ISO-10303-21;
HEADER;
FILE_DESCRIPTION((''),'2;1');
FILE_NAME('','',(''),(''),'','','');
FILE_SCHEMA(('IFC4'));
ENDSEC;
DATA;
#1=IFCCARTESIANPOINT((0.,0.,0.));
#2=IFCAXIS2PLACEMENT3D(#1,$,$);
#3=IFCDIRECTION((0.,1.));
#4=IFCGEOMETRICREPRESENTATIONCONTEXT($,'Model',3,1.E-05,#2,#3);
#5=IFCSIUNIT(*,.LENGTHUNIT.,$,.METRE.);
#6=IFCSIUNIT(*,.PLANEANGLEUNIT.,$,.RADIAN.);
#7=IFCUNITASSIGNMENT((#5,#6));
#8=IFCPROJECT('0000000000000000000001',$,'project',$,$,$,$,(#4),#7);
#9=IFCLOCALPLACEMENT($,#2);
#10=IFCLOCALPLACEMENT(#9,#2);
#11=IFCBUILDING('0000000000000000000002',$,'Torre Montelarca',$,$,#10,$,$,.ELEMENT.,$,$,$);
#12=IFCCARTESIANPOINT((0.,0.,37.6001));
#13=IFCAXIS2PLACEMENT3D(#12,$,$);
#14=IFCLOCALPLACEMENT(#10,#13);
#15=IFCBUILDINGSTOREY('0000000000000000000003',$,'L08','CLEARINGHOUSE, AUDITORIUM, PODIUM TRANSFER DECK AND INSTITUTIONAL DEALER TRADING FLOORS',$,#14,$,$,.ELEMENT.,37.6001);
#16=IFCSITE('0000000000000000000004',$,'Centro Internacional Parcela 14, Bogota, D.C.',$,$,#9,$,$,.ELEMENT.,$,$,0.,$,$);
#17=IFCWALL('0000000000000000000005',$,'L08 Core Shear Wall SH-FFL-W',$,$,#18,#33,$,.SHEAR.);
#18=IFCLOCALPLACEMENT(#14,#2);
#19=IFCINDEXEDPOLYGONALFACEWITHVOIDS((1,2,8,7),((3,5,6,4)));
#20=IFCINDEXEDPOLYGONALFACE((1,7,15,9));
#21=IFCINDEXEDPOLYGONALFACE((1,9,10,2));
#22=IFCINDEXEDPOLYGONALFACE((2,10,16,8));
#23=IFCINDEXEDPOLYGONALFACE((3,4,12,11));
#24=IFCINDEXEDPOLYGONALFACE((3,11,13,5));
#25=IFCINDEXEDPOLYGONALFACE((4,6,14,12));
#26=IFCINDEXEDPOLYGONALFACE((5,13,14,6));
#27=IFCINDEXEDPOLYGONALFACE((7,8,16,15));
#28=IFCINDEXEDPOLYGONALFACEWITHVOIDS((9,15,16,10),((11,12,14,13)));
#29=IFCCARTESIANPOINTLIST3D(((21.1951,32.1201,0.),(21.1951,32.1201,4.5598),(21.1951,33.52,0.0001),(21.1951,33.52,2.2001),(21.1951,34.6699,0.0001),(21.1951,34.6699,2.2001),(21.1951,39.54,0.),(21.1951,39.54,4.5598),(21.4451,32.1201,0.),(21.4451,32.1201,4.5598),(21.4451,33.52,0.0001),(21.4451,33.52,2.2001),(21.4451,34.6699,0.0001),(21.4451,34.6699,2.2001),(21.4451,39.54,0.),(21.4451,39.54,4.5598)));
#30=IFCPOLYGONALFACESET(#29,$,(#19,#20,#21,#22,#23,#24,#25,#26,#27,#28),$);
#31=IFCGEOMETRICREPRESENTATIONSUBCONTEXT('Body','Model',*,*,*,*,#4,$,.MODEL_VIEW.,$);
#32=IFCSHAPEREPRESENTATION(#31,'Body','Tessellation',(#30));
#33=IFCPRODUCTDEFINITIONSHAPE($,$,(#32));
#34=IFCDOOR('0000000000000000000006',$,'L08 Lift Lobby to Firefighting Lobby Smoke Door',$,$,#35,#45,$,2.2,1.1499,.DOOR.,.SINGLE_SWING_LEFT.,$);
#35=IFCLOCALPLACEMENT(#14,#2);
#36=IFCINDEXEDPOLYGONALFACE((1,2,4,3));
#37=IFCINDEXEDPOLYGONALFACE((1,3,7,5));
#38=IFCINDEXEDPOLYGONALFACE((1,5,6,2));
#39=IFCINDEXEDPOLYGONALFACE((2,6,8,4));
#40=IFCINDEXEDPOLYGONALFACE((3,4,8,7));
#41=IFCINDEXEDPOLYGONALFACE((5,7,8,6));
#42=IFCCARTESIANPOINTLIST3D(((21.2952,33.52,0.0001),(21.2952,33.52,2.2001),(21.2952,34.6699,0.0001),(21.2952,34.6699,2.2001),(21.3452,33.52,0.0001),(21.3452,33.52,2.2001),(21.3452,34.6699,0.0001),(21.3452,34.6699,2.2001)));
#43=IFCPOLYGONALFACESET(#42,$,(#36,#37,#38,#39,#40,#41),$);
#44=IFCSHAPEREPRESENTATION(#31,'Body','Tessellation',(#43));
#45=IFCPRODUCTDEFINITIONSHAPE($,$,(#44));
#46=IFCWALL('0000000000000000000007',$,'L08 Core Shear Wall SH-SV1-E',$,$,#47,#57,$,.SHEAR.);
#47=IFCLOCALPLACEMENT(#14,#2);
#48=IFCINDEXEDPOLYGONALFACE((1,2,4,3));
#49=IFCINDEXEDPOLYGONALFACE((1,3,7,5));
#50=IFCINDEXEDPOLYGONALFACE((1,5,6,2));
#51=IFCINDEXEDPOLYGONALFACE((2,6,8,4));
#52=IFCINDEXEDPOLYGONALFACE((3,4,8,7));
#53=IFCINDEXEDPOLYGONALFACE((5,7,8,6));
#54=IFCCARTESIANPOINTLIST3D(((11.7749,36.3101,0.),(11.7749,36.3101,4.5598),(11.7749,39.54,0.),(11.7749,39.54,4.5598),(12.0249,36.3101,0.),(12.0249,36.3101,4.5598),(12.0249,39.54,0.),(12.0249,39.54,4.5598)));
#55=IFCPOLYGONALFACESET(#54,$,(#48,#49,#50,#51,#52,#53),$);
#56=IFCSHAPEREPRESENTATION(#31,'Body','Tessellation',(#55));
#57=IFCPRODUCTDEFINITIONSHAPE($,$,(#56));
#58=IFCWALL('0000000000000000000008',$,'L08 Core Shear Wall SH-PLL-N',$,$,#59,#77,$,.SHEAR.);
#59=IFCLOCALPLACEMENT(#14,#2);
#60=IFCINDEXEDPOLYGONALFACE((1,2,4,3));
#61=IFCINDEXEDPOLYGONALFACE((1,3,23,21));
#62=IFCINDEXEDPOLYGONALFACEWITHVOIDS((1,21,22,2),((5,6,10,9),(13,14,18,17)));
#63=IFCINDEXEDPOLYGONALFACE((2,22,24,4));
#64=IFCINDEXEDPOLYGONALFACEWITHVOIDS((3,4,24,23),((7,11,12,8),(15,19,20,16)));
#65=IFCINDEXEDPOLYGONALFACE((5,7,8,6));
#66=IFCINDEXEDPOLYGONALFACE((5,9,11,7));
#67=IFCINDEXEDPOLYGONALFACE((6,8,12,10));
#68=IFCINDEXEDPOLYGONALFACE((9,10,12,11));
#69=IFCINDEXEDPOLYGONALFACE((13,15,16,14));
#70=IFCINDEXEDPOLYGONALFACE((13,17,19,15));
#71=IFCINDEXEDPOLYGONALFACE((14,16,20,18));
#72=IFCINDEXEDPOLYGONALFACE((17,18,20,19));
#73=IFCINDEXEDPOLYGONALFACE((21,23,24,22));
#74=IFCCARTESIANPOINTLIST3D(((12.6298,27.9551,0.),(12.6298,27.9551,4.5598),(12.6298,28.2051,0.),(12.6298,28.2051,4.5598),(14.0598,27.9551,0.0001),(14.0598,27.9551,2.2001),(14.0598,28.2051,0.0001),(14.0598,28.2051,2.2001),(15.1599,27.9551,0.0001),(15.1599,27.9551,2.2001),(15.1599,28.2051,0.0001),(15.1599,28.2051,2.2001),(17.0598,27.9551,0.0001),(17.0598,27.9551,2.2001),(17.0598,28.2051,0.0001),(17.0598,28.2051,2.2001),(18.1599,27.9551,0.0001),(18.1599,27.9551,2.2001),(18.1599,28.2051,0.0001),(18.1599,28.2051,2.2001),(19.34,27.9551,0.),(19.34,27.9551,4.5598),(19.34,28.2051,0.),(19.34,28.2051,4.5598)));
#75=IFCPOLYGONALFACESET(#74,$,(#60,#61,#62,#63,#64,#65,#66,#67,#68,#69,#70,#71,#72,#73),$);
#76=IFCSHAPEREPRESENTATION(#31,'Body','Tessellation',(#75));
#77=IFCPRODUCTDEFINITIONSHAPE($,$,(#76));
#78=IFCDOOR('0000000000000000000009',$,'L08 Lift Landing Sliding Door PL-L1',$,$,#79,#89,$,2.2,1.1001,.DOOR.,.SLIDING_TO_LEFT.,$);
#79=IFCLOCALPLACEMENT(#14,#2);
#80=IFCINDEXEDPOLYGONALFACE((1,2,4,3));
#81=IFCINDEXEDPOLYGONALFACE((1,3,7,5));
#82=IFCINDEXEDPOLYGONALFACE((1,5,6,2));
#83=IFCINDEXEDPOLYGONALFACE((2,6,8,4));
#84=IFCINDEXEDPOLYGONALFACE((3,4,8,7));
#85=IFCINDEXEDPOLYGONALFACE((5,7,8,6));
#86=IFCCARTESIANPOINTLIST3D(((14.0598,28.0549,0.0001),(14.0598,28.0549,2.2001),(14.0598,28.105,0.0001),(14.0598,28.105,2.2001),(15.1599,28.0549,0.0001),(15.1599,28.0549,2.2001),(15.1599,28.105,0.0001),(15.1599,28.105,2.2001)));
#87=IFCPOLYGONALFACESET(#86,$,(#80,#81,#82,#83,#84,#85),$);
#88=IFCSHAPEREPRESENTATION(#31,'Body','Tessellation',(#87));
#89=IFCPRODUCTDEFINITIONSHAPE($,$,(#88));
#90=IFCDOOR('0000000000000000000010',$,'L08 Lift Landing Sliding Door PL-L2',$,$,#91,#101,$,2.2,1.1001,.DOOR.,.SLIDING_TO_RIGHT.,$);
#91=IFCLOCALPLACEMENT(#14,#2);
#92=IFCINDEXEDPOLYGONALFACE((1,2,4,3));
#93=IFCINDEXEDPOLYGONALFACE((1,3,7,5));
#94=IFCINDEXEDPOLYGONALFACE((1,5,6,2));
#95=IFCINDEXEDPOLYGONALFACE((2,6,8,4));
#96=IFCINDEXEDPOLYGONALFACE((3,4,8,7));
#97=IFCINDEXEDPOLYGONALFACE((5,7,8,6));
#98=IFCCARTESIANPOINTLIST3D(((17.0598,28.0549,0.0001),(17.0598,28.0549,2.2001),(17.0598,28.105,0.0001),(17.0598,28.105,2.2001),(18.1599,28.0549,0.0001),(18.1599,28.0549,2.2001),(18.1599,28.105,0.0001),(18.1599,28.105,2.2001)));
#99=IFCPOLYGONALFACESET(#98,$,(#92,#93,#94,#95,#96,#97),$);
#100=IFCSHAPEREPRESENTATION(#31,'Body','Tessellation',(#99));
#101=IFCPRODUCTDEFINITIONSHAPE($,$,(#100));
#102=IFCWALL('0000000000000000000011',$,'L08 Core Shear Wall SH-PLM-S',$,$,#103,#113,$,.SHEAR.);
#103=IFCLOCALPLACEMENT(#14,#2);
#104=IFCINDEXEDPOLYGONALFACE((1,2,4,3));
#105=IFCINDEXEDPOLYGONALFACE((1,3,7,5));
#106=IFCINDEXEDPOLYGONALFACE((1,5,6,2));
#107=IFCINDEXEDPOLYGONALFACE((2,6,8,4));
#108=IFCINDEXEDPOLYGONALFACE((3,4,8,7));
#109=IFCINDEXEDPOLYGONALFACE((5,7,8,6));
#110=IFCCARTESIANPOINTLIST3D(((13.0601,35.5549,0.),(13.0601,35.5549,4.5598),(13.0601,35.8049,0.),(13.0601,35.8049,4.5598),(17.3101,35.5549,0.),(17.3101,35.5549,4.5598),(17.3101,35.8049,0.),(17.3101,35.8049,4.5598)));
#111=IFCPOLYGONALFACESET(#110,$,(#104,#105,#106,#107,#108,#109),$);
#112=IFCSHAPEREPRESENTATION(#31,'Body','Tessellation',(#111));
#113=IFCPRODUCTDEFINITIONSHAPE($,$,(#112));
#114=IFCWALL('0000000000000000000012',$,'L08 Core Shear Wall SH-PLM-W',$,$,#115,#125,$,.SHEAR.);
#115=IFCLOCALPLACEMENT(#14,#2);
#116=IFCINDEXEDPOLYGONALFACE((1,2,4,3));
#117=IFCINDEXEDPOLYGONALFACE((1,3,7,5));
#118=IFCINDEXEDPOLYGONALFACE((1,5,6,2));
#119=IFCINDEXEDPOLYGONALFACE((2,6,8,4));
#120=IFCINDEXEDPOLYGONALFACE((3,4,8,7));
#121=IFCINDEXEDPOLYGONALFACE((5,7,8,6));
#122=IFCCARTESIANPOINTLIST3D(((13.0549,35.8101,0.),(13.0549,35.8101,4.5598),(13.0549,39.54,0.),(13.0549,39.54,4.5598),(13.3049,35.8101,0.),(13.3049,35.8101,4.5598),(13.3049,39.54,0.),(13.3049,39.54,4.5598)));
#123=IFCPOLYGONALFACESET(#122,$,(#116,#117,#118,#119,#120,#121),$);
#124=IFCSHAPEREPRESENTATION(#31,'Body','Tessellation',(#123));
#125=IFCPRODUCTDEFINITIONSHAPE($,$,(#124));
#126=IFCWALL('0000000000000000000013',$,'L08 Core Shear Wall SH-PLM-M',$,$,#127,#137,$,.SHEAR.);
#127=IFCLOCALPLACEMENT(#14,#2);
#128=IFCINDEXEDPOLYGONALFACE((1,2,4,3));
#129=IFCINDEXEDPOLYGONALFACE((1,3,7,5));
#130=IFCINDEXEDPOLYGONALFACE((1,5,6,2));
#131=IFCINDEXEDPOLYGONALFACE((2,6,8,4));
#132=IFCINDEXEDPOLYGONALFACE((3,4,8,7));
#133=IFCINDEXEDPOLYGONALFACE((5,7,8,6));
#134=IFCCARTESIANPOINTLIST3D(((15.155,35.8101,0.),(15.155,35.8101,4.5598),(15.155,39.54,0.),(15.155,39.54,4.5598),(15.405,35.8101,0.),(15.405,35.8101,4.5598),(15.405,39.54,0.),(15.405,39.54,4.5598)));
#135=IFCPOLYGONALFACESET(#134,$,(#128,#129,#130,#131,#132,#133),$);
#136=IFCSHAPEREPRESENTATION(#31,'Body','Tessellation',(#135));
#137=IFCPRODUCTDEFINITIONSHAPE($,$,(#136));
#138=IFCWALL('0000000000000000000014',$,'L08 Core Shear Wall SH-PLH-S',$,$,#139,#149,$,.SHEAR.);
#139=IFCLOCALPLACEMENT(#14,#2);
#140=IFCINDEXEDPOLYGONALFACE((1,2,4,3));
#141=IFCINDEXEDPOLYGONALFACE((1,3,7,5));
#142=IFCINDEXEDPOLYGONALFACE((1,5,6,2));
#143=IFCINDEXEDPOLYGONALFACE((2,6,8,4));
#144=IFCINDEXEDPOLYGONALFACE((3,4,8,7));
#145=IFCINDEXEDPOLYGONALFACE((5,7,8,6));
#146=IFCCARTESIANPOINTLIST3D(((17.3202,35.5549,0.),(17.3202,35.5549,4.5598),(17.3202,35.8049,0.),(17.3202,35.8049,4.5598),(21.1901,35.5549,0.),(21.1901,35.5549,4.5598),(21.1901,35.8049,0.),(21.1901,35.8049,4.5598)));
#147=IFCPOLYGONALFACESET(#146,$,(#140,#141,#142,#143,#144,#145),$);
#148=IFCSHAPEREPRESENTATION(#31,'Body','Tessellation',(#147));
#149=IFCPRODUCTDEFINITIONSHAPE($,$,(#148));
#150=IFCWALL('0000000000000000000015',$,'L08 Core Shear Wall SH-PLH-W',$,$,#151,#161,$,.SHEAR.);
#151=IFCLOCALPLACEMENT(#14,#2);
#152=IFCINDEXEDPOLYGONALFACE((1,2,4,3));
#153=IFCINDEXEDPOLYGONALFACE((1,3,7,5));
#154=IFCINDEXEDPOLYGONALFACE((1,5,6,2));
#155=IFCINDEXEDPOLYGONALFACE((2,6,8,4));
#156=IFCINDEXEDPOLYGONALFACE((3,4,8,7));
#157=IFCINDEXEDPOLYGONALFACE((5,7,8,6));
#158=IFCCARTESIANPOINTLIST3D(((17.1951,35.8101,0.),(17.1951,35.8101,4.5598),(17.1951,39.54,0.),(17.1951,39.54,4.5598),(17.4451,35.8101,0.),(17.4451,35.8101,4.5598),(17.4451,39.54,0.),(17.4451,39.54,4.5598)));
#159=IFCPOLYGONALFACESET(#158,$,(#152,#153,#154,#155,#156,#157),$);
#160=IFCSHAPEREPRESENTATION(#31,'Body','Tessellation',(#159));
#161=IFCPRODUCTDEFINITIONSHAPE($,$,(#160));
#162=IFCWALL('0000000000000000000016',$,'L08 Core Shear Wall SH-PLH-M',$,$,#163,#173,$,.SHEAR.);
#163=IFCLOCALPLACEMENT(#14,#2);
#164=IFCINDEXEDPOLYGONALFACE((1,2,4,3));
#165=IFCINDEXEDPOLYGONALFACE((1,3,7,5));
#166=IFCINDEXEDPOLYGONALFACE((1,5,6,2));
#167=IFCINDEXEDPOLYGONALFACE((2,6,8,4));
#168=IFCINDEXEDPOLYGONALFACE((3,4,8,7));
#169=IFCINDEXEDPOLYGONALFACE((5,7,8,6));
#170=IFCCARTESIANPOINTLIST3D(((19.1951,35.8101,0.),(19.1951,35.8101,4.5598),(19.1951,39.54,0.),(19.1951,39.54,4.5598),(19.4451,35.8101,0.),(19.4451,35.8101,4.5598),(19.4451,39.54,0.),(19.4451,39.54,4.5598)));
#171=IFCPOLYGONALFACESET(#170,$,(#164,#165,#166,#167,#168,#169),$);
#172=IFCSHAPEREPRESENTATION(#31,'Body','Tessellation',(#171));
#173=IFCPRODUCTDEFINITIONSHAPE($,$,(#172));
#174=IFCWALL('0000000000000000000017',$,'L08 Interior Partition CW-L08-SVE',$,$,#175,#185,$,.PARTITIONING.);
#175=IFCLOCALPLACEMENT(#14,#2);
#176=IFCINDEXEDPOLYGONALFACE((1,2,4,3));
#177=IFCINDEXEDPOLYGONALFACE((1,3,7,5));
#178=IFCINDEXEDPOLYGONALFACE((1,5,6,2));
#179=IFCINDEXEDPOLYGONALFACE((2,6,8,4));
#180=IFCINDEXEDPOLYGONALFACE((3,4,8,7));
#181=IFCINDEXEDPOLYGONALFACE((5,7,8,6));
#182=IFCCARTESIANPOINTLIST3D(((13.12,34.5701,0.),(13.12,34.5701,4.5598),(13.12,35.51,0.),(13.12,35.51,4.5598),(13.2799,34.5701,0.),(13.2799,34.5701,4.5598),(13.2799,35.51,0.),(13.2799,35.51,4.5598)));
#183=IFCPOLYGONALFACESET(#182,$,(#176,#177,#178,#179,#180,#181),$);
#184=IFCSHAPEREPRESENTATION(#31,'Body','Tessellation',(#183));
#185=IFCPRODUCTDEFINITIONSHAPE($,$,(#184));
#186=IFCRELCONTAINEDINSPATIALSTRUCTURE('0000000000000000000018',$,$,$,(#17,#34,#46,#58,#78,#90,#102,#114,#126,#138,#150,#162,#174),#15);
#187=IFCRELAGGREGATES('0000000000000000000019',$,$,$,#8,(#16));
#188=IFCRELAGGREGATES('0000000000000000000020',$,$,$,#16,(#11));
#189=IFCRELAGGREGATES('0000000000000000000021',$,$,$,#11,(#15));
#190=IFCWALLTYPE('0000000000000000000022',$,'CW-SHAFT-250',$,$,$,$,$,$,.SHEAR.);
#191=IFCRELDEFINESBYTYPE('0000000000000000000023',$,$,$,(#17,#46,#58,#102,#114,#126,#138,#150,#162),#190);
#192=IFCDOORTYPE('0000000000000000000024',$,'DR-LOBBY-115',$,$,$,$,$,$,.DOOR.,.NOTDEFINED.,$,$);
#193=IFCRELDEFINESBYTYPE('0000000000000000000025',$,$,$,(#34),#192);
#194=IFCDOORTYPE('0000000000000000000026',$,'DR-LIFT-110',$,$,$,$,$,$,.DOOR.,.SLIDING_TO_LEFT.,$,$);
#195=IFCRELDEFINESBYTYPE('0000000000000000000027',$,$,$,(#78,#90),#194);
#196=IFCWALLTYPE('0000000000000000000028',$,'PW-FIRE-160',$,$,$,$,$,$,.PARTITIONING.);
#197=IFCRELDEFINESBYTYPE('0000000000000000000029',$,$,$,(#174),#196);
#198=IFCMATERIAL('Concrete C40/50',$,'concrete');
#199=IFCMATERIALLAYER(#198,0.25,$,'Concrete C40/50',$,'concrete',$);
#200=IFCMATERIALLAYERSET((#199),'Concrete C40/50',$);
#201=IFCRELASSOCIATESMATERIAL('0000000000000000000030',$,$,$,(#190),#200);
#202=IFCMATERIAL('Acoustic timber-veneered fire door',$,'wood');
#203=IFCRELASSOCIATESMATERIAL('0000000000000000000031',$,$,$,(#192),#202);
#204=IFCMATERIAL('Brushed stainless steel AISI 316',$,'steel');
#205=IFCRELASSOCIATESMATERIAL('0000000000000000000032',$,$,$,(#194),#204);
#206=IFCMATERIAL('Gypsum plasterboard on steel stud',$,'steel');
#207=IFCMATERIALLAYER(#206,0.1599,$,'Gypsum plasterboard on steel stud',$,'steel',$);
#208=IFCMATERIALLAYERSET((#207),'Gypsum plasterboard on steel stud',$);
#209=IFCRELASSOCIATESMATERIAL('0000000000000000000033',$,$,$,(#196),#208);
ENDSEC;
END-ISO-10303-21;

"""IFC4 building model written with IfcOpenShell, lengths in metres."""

from ifc_helpers import new_model, si_unit, direction, frame, frame_2d, origin, place, context, subcontext, project, spatial, rectangle, extrude, source, transform, mapped, material, layer, layer_set, type_object, element, fill, save


model = new_model("IFC4")

# Units and contexts
model_context = context("Model", 3, precision=1e-05, world=origin(), true_north=direction((0.0, 1.0)))
body_context = subcontext(model_context, "Body", "Model", "MODEL_VIEW")
ifc_project = project(units=[si_unit("LENGTHUNIT", "METRE"), si_unit("PLANEANGLEUNIT", "RADIAN")], contexts=[model_context])

# Site, building, storey
site_placement = place(None, origin())
site = spatial("IfcSite", under=ifc_project, at=site_placement, Name="Centro Internacional Parcela 14, Bogota, D.C.", CompositionType="ELEMENT", RefElevation=0.0)
building_placement = place(site_placement, origin())
building = spatial("IfcBuilding", under=site, at=building_placement, Name="Torre Montelarca", CompositionType="ELEMENT")
storey_placement = place(building_placement, frame((0.0, 0.0, 37.6001)))
storey = spatial("IfcBuildingStorey", under=building, at=storey_placement, Name="L08", Description="CLEARINGHOUSE, AUDITORIUM, PODIUM TRANSFER DECK AND INSTITUTIONAL DEALER TRADING FLOORS", CompositionType="ELEMENT", Elevation=37.6001)

# Wall, opening, door
ifc_material_1 = material(Name="Concrete C40/50", Category="concrete")
ifc_layer_1 = layer(ifc_material_1, 0.25, Name="Concrete C40/50", Category="concrete")
ifc_layer_set_1 = layer_set([ifc_layer_1], Name="Concrete C40/50")
wall_type_1 = type_object("IfcWallType", Name="CW-SHAFT-250", PredefinedType="SHEAR", material=ifc_layer_set_1)
wall_1_placement = place(storey_placement, frame((21.3201, 32.1201, 0.0), z_axis=(0.0, 0.0, 1.0), x_axis=(0.0, 1.0, 0.0)))
wall_1 = element("IfcWall", 1, at=wall_1_placement, inside=storey, type_object=wall_type_1, Name="L08 Core Shear Wall SH-FFL-W", PredefinedType="SHEAR", context=body_context, shape_type="SweptSolid", body=[
    extrude(rectangle(XDim=7.4199, YDim=0.25, at=frame_2d((3.71, 0.0))), origin(), (0.0, 0.0, 1.0), 4.5598),
])
opening_1_placement = place(wall_1_placement, frame((1.3999, 0.0, 0.0)))
opening_1 = element("IfcOpeningElement", 2, at=opening_1_placement, cuts=wall_1, PredefinedType="OPENING", context=body_context, shape_type="SweptSolid", body=[
    extrude(rectangle(XDim=1.1499, YDim=2.2, at=frame_2d((0.575, 1.1001))), frame((0.0, 0.135, 0.0), z_axis=(0.0, -1.0, 0.0), x_axis=(1.0, 0.0, 0.0)), (0.0, 0.0, 1.0), 0.27),
])
ifc_material_2 = material(Name="Acoustic timber-veneered fire door", Category="wood")
door_type_1 = type_object("IfcDoorType", Name="DR-LOBBY-115", OperationType="NOTDEFINED", PredefinedType="DOOR", material=ifc_material_2)
shared_shape_1 = source(origin(), body_context, "Body", "SweptSolid", [
    extrude(rectangle(XDim=1.1499, YDim=2.2, at=frame_2d((0.575, 1.1001))), frame((0.0, 0.0249, 0.0), z_axis=(0.0, -1.0, 0.0), x_axis=(1.0, 0.0, 0.0)), (0.0, 0.0, 1.0), 0.05),
])
door_1_placement = place(opening_1_placement, origin())
door_1 = element("IfcDoor", 3, at=door_1_placement, inside=storey, type_object=door_type_1, Name="L08 Lift Lobby to Firefighting Lobby Smoke Door", OperationType="SINGLE_SWING_LEFT", OverallHeight=2.2, OverallWidth=1.1499, PredefinedType="DOOR", context=body_context, shape_type="MappedRepresentation", body=[
    mapped(shared_shape_1, transform((0.0, 0.0, 0.0), scale=1.0)),
])
fill(opening_1, door_1)

# Wall
wall_2_placement = place(storey_placement, frame((11.8999, 36.3101, 0.0), z_axis=(0.0, 0.0, 1.0), x_axis=(0.0, 1.0, 0.0)))
element("IfcWall", 4, at=wall_2_placement, inside=storey, type_object=wall_type_1, Name="L08 Core Shear Wall SH-SV1-E", PredefinedType="SHEAR", context=body_context, shape_type="SweptSolid", body=[
    extrude(rectangle(XDim=3.23, YDim=0.25, at=frame_2d((1.615, 0.0))), origin(), (0.0, 0.0, 1.0), 4.5598),
])

# Wall, openings, doors
wall_3_placement = place(storey_placement, frame((12.6299, 28.0801, 0.0), z_axis=(0.0, 0.0, 1.0), x_axis=(1.0, 0.0, 0.0)))
wall_3 = element("IfcWall", 5, at=wall_3_placement, inside=storey, type_object=wall_type_1, Name="L08 Core Shear Wall SH-PLL-N", PredefinedType="SHEAR", context=body_context, shape_type="SweptSolid", body=[
    extrude(rectangle(XDim=6.7102, YDim=0.25, at=frame_2d((3.355, 0.0))), origin(), (0.0, 0.0, 1.0), 4.5598),
])
opening_2_placement = place(wall_3_placement, frame((1.4299, 0.0, 0.0)))
opening_2 = element("IfcOpeningElement", 6, at=opening_2_placement, cuts=wall_3, PredefinedType="OPENING", context=body_context, shape_type="SweptSolid", body=[
    extrude(rectangle(XDim=1.1001, YDim=2.2, at=frame_2d((0.55, 1.1001))), frame((0.0, 0.135, 0.0), z_axis=(0.0, -1.0, 0.0), x_axis=(1.0, 0.0, 0.0)), (0.0, 0.0, 1.0), 0.27),
])
opening_3_placement = place(wall_3_placement, frame((4.4299, 0.0, 0.0)))
opening_3 = element("IfcOpeningElement", 7, at=opening_3_placement, cuts=wall_3, PredefinedType="OPENING", context=body_context, shape_type="SweptSolid", body=[
    extrude(rectangle(XDim=1.1001, YDim=2.2, at=frame_2d((0.55, 1.1001))), frame((0.0, 0.135, 0.0), z_axis=(0.0, -1.0, 0.0), x_axis=(1.0, 0.0, 0.0)), (0.0, 0.0, 1.0), 0.27),
])
ifc_material_3 = material(Name="Brushed stainless steel AISI 316", Category="steel")
door_type_2 = type_object("IfcDoorType", Name="DR-LIFT-110", OperationType="SLIDING_TO_LEFT", PredefinedType="DOOR", material=ifc_material_3)
shared_shape_2 = source(origin(), body_context, "Body", "SweptSolid", [
    extrude(rectangle(XDim=1.1001, YDim=2.2, at=frame_2d((0.55, 1.1001))), frame((0.0, 0.0249, 0.0), z_axis=(0.0, -1.0, 0.0), x_axis=(1.0, 0.0, 0.0)), (0.0, 0.0, 1.0), 0.05),
])
door_2_placement = place(opening_2_placement, origin())
door_2 = element("IfcDoor", 8, at=door_2_placement, inside=storey, type_object=door_type_2, Name="L08 Lift Landing Sliding Door PL-L1", OperationType="SLIDING_TO_LEFT", OverallHeight=2.2, OverallWidth=1.1001, PredefinedType="DOOR", context=body_context, shape_type="MappedRepresentation", body=[
    mapped(shared_shape_2, transform((0.0, 0.0, 0.0), scale=1.0)),
])
fill(opening_2, door_2)
door_3_placement = place(opening_3_placement, origin())
door_3 = element("IfcDoor", 9, at=door_3_placement, inside=storey, type_object=door_type_2, Name="L08 Lift Landing Sliding Door PL-L2", OperationType="SLIDING_TO_RIGHT", OverallHeight=2.2, OverallWidth=1.1001, PredefinedType="DOOR", context=body_context, shape_type="MappedRepresentation", body=[
    mapped(shared_shape_2, transform((0.0, 0.0, 0.0), scale=1.0)),
])
fill(opening_3, door_3)

# Walls
wall_4_placement = place(storey_placement, frame((13.0601, 35.6799, 0.0), z_axis=(0.0, 0.0, 1.0), x_axis=(1.0, 0.0, 0.0)))
element("IfcWall", 10, at=wall_4_placement, inside=storey, type_object=wall_type_1, Name="L08 Core Shear Wall SH-PLM-S", PredefinedType="SHEAR", context=body_context, shape_type="SweptSolid", body=[
    extrude(rectangle(XDim=4.25, YDim=0.25, at=frame_2d((2.125, 0.0))), origin(), (0.0, 0.0, 1.0), 4.5598),
])
for number, where, z_axis, x_axis, name in (
    (11, (13.1799, 35.8101, 0.0), (0.0, 0.0, 1.0), (0.0, 1.0, 0.0), "L08 Core Shear Wall SH-PLM-W"),
    (12, (15.28, 35.8101, 0.0), (0.0, 0.0, 1.0), (0.0, 1.0, 0.0), "L08 Core Shear Wall SH-PLM-M"),
):
    element("IfcWall", number, at=place(storey_placement, frame(where, z_axis=z_axis, x_axis=x_axis)), inside=storey, type_object=wall_type_1, Name=name, PredefinedType="SHEAR", context=body_context, shape_type="SweptSolid", body=[
        extrude(rectangle(XDim=3.73, YDim=0.25, at=frame_2d((1.865, 0.0))), origin(), (0.0, 0.0, 1.0), 4.5598),
    ])
wall_5_placement = place(storey_placement, frame((17.3201, 35.6799, 0.0), z_axis=(0.0, 0.0, 1.0), x_axis=(1.0, 0.0, 0.0)))
element("IfcWall", 13, at=wall_5_placement, inside=storey, type_object=wall_type_1, Name="L08 Core Shear Wall SH-PLH-S", PredefinedType="SHEAR", context=body_context, shape_type="SweptSolid", body=[
    extrude(rectangle(XDim=3.8699, YDim=0.25, at=frame_2d((1.9351, 0.0))), origin(), (0.0, 0.0, 1.0), 4.5598),
])
for number, where, z_axis, x_axis, name in (
    (14, (17.3201, 35.8101, 0.0), (0.0, 0.0, 1.0), (0.0, 1.0, 0.0), "L08 Core Shear Wall SH-PLH-W"),
    (15, (19.3201, 35.8101, 0.0), (0.0, 0.0, 1.0), (0.0, 1.0, 0.0), "L08 Core Shear Wall SH-PLH-M"),
):
    element("IfcWall", number, at=place(storey_placement, frame(where, z_axis=z_axis, x_axis=x_axis)), inside=storey, type_object=wall_type_1, Name=name, PredefinedType="SHEAR", context=body_context, shape_type="SweptSolid", body=[
        extrude(rectangle(XDim=3.73, YDim=0.25, at=frame_2d((1.865, 0.0))), origin(), (0.0, 0.0, 1.0), 4.5598),
    ])
ifc_material_4 = material(Name="Gypsum plasterboard on steel stud", Category="steel")
ifc_layer_2 = layer(ifc_material_4, 0.1599, Name="Gypsum plasterboard on steel stud", Category="steel")
ifc_layer_set_2 = layer_set([ifc_layer_2], Name="Gypsum plasterboard on steel stud")
wall_type_2 = type_object("IfcWallType", Name="PW-FIRE-160", PredefinedType="PARTITIONING", material=ifc_layer_set_2)
wall_6_placement = place(storey_placement, frame((13.2, 34.5701, 0.0), z_axis=(0.0, 0.0, 1.0), x_axis=(0.0, 1.0, 0.0)))
element("IfcWall", 16, at=wall_6_placement, inside=storey, type_object=wall_type_2, Name="L08 Interior Partition CW-L08-SVE", PredefinedType="PARTITIONING", context=body_context, shape_type="SweptSolid", body=[
    extrude(rectangle(XDim=0.9399, YDim=0.1599, at=frame_2d((0.47, 0.0))), origin(), (0.0, 0.0, 1.0), 4.5598),
])

save(model, "model.ifc")
